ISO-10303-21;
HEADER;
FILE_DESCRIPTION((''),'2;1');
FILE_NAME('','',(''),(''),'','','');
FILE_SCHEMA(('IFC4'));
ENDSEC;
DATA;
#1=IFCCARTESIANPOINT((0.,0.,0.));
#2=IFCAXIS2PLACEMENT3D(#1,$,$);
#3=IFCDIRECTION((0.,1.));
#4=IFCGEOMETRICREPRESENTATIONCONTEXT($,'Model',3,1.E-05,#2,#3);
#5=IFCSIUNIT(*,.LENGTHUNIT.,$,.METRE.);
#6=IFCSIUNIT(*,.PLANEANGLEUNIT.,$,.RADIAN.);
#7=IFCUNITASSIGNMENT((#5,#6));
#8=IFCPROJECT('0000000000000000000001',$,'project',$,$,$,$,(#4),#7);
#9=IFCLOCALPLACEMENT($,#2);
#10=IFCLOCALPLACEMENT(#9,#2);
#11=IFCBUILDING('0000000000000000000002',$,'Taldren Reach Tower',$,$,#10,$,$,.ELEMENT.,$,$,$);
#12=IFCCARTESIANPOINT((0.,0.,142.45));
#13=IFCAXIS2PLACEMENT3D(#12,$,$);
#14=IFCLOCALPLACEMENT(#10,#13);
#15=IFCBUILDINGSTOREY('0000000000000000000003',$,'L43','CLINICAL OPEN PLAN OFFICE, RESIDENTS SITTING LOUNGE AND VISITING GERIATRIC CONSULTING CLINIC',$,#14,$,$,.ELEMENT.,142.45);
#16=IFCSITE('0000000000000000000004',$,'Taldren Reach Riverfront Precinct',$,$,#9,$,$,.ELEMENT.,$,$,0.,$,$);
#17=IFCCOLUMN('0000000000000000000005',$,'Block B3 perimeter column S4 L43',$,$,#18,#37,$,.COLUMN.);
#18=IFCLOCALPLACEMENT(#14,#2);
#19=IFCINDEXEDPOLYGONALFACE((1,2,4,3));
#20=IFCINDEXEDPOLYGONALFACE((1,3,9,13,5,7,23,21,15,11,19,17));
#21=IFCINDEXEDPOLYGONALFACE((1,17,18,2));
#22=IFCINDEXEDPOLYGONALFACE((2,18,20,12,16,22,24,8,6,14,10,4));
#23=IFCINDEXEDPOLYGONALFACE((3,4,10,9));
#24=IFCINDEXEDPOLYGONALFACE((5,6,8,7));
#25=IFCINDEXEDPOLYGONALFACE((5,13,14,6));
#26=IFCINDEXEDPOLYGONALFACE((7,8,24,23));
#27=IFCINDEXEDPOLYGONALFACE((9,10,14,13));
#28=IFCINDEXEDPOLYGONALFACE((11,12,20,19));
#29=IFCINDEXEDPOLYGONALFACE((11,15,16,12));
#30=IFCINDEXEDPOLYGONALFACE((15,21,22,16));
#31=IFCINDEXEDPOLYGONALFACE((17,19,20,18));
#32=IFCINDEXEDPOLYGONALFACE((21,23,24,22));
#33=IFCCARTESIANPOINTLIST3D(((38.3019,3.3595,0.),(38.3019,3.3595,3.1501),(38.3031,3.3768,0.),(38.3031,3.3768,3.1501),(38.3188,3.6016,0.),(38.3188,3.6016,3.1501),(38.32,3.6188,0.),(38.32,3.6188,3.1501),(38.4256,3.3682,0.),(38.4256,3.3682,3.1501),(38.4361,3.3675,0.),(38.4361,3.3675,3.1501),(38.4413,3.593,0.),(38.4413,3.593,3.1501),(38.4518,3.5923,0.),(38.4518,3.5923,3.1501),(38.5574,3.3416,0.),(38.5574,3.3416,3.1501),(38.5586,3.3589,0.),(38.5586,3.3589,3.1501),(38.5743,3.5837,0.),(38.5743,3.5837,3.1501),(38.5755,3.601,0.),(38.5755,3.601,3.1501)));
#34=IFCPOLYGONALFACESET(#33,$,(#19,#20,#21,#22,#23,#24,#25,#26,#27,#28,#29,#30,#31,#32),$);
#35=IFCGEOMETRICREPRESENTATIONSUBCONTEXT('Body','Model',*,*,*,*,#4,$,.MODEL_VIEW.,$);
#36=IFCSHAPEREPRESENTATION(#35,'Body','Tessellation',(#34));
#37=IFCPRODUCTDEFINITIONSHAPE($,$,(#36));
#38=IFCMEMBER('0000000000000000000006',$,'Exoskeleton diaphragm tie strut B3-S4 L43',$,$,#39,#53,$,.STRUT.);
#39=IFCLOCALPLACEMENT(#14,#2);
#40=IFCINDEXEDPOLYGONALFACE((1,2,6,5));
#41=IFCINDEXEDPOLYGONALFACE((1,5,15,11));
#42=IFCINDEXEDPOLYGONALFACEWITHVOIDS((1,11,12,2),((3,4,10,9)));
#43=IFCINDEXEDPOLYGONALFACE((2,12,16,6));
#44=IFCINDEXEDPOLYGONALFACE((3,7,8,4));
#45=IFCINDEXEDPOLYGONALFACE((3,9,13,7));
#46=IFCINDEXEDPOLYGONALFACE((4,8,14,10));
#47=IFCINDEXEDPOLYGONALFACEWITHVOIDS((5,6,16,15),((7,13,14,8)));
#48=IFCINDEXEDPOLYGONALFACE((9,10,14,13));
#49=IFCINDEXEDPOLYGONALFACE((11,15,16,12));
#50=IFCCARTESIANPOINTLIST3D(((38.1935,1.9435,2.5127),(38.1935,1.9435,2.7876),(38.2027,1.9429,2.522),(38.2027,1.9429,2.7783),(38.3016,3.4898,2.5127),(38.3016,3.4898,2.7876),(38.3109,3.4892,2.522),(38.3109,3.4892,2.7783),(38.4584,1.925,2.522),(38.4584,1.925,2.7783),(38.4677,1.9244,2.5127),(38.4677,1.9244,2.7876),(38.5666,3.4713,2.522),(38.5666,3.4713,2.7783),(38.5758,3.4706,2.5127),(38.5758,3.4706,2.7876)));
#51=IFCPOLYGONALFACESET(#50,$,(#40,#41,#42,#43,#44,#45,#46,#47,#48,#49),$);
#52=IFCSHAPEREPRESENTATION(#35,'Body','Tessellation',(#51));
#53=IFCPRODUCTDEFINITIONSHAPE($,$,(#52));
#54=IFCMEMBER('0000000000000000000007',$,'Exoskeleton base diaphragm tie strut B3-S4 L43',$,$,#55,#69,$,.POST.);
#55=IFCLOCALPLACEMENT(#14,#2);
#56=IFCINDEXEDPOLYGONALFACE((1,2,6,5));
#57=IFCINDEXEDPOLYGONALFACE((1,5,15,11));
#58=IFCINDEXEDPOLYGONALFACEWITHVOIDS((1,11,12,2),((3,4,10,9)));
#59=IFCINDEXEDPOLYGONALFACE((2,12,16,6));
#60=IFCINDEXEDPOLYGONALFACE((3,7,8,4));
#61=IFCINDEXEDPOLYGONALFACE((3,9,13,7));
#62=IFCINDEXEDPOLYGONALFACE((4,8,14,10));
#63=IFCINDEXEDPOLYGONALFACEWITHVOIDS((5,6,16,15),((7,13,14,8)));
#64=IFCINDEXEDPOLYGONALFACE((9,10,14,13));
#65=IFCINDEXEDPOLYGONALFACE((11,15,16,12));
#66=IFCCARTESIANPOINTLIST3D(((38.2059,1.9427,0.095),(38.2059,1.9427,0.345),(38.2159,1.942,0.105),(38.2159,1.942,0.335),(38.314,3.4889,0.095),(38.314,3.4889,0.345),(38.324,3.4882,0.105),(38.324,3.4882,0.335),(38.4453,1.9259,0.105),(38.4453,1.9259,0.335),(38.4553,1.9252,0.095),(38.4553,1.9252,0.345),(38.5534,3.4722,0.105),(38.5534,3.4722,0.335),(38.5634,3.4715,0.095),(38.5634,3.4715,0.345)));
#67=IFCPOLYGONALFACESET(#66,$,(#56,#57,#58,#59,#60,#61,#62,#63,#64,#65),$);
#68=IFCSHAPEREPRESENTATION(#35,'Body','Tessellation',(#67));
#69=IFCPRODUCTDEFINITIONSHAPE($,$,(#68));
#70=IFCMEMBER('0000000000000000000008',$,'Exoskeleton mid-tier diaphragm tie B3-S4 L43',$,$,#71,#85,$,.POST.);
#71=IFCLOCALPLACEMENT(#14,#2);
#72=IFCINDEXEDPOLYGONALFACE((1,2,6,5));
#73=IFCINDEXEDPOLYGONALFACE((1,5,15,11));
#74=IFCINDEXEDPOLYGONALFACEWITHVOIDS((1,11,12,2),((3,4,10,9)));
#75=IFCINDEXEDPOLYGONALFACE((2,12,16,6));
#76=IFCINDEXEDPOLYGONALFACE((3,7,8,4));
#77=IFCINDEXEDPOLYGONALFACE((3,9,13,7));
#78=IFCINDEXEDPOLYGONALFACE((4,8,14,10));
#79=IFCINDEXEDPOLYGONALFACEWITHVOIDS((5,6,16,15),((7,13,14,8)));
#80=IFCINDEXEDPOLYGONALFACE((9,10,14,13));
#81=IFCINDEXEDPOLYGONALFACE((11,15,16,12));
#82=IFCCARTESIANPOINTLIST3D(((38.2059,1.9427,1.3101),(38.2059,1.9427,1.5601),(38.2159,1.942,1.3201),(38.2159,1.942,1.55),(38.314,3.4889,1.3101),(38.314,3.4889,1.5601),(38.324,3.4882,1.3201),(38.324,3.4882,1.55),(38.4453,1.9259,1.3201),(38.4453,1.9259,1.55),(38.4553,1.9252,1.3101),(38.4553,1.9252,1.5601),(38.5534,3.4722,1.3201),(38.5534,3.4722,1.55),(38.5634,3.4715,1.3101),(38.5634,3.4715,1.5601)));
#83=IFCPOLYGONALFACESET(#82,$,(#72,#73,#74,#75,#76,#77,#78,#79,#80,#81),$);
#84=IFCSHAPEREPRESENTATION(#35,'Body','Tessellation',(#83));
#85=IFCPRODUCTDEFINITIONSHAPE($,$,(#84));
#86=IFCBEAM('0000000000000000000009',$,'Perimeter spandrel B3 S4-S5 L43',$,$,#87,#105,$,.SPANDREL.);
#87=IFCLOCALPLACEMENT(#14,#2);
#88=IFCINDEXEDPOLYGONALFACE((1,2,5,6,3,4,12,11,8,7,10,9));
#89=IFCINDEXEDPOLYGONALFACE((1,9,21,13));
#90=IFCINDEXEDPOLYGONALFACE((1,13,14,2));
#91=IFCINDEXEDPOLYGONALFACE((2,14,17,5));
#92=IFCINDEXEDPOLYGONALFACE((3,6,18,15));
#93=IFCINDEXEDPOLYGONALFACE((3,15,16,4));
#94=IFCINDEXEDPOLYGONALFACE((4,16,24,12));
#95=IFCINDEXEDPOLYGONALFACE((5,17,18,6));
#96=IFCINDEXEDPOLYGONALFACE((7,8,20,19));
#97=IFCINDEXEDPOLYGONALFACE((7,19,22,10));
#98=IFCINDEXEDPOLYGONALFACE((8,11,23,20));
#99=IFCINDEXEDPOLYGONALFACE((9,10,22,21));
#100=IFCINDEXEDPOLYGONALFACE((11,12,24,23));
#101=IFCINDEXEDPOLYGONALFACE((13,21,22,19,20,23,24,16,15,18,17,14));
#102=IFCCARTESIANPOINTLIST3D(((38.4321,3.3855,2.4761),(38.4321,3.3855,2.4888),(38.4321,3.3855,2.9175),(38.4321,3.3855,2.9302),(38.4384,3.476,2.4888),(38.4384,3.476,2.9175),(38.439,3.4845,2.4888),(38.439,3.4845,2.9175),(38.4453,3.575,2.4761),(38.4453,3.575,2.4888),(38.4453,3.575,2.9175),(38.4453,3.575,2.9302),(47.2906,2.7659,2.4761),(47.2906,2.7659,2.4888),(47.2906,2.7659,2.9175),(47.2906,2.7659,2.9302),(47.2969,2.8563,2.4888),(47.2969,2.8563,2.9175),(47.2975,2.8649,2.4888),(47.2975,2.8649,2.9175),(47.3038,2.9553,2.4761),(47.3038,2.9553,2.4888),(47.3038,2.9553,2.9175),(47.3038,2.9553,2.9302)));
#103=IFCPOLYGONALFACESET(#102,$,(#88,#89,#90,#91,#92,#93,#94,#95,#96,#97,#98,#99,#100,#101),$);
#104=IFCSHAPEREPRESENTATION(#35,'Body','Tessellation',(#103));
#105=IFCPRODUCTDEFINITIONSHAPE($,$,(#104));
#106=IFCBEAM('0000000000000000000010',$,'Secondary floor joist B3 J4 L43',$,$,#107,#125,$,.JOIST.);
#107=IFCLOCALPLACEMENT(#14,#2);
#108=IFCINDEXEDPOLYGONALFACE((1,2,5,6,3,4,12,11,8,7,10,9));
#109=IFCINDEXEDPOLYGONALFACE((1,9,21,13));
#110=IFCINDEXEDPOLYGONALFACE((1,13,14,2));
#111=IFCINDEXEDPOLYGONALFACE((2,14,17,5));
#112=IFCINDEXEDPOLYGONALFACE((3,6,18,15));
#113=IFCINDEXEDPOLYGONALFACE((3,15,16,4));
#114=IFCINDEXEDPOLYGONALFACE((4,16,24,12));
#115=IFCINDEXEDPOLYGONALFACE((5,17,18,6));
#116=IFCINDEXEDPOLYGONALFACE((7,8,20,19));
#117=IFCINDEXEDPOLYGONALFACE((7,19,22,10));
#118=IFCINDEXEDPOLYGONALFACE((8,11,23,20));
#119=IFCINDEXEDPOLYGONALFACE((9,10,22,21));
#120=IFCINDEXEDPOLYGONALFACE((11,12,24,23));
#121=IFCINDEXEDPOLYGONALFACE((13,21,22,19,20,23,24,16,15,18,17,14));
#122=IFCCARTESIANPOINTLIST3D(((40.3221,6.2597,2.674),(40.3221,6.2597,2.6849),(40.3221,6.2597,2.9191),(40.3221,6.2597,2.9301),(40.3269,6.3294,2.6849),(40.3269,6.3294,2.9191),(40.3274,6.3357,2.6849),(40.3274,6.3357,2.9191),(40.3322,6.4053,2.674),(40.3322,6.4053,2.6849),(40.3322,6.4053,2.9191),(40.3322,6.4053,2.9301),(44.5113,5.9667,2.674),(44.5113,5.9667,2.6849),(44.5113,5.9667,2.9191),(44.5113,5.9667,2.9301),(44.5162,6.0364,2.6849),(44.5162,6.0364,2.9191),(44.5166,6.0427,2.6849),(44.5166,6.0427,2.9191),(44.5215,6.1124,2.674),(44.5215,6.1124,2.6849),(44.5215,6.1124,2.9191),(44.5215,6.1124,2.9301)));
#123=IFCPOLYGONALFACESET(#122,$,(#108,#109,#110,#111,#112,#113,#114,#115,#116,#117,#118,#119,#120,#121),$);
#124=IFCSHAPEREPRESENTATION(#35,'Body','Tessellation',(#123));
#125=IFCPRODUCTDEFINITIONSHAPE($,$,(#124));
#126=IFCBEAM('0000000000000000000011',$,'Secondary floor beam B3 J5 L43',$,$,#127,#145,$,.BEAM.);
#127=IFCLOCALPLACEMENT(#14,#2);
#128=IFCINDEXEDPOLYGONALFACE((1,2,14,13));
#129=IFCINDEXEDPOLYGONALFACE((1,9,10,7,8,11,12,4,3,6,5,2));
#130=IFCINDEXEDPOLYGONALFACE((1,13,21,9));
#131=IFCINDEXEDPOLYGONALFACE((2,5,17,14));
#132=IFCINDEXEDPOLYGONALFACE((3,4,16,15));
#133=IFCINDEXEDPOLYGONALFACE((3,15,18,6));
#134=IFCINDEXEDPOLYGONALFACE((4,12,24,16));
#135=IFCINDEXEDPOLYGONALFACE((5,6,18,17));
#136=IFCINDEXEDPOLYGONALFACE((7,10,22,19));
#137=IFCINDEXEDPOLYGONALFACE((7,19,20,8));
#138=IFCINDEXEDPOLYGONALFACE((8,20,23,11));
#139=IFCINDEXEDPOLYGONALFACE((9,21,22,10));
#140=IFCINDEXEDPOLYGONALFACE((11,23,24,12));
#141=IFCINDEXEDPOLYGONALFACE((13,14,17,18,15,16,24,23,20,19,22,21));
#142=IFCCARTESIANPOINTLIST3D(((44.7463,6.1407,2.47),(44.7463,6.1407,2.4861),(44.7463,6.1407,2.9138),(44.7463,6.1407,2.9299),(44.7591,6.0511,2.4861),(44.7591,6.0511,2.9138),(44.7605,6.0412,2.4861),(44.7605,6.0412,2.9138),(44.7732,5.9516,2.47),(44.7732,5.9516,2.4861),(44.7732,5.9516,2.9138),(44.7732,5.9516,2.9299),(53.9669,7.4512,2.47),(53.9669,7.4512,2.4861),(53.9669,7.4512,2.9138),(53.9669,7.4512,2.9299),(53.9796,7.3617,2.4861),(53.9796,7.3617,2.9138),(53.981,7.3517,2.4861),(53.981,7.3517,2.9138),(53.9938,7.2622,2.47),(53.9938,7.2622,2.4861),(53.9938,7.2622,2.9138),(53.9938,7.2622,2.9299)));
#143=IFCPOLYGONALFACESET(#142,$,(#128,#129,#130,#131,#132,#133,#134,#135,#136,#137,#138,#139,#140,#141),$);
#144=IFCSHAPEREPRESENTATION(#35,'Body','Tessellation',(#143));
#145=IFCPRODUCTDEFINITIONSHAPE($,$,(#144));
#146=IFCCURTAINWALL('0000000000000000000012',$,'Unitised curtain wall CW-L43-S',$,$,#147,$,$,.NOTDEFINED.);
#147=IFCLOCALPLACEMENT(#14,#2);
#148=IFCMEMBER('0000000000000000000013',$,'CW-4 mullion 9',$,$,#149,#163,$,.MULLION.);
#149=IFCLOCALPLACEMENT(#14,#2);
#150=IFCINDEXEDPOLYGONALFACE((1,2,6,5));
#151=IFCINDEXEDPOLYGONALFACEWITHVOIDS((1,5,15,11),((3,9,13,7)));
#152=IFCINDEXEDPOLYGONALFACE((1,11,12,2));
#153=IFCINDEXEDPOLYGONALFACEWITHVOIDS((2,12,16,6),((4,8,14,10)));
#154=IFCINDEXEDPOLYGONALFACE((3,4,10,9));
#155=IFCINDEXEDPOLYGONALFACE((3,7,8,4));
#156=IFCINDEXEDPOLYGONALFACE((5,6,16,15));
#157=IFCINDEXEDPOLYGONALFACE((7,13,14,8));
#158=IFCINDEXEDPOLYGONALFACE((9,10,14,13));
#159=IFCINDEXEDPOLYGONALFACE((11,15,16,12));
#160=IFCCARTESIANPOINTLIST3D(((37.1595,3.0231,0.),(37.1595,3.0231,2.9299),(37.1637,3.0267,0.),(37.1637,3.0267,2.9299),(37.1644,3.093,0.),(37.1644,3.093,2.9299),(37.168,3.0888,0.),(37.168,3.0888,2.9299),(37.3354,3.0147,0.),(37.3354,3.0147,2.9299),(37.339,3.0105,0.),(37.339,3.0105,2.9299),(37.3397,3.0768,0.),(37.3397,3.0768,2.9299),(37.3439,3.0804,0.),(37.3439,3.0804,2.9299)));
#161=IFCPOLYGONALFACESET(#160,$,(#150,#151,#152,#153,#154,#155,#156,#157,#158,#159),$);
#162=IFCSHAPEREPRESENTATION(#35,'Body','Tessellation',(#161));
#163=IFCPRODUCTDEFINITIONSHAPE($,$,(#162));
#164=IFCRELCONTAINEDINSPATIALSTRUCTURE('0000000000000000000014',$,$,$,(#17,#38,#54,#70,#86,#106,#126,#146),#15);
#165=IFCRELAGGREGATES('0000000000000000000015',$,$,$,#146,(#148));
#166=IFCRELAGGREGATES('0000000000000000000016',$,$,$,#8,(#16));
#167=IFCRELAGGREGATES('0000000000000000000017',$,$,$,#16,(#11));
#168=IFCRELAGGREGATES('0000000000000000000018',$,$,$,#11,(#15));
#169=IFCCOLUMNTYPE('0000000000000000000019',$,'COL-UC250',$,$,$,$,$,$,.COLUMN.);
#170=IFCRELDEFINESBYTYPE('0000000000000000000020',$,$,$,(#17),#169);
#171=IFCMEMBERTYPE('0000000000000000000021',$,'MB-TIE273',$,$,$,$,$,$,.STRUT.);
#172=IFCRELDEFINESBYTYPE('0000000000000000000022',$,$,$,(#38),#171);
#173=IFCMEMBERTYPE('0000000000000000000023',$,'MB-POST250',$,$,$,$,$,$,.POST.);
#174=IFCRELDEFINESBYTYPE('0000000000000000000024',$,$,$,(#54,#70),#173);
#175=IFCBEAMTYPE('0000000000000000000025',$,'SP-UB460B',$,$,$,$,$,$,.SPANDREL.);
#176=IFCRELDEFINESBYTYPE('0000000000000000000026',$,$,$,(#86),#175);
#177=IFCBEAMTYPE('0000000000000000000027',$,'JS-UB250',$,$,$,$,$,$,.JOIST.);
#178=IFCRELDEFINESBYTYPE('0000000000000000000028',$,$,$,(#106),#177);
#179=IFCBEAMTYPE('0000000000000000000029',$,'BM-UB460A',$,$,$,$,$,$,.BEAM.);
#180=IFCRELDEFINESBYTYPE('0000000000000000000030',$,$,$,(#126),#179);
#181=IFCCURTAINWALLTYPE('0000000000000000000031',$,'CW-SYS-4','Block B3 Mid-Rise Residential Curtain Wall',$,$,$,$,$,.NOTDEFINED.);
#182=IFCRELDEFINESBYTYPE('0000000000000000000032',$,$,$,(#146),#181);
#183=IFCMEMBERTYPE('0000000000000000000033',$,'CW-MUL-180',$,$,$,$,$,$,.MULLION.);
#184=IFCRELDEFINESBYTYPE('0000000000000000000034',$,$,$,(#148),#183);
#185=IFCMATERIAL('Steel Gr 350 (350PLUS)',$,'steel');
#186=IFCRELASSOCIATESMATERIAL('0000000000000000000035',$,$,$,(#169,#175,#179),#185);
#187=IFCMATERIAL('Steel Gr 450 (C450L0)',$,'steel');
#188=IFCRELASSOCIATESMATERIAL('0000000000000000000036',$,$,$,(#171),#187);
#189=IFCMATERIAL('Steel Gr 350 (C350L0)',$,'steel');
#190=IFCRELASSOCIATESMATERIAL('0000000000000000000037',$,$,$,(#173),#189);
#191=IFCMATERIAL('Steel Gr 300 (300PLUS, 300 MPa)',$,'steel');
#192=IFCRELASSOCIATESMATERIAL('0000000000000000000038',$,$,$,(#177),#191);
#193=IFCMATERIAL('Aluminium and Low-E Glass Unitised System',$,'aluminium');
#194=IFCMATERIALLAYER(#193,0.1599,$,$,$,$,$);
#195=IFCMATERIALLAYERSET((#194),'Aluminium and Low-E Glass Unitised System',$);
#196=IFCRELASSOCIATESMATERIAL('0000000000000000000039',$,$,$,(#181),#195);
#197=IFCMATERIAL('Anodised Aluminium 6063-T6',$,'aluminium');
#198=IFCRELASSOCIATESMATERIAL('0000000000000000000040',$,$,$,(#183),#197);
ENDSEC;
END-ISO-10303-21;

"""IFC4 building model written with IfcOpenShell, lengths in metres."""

from ifc_helpers import new_model, si_unit, direction, frame, origin, origin_2d, place, context, subcontext, project, spatial, hollow_rectangle, i_section, extrude, source, transform, mapped, material, layer, layer_set, material_profile, profile_set, type_object, element, aggregate, save


model = new_model("IFC4")

# Units and contexts
model_context = context("Model", 3, precision=1e-05, world=origin(), true_north=direction((0.0, 1.0)))
body_context = subcontext(model_context, "Body", "Model", "MODEL_VIEW")
ifc_project = project(units=[si_unit("LENGTHUNIT", "METRE"), si_unit("PLANEANGLEUNIT", "RADIAN")], contexts=[model_context])

# Site, building, storey
site_placement = place(None, origin())
site = spatial("IfcSite", under=ifc_project, at=site_placement, Name="Taldren Reach Riverfront Precinct", CompositionType="ELEMENT", RefElevation=0.0)
building_placement = place(site_placement, origin())
building = spatial("IfcBuilding", under=site, at=building_placement, Name="Taldren Reach Tower", CompositionType="ELEMENT")
storey_placement = place(building_placement, frame((0.0, 0.0, 142.45)))
storey = spatial("IfcBuildingStorey", under=building, at=storey_placement, Name="L43", Description="CLINICAL OPEN PLAN OFFICE, RESIDENTS SITTING LOUNGE AND VISITING GERIATRIC CONSULTING CLINIC", CompositionType="ELEMENT", Elevation=142.45)

# Column
ifc_material_1 = material(Name="Steel Gr 350 (350PLUS)", Category="steel")
ifc_material_profile_1 = material_profile(ifc_material_1, i_section(OverallWidth=0.2561, OverallDepth=0.26, WebThickness=0.0105, FlangeThickness=0.0173, at=origin_2d()), Name="250UC89.5")
ifc_profile_set_1 = profile_set([ifc_material_profile_1], Name="Steel Gr 350 (350PLUS)")
column_type = type_object("IfcColumnType", Name="COL-UC250", PredefinedType="COLUMN", material=ifc_profile_set_1)
shared_shape_1 = source(origin(), body_context, "Body", "SweptSolid", [
    extrude(i_section(OverallWidth=0.2561, OverallDepth=0.26, WebThickness=0.0105, FlangeThickness=0.0173, at=origin_2d()), origin(), (0.0, 0.0, 1.0), 3.1501),
])
column_placement = place(storey_placement, frame((38.4387, 3.4802, 0.0), z_axis=(0.0, 0.0, 1.0), x_axis=(0.997564, -0.069756, 0.0)))
element("IfcColumn", 1, at=column_placement, inside=storey, type_object=column_type, Name="Block B3 perimeter column S4 L43", PredefinedType="COLUMN", context=body_context, shape_type="MappedRepresentation", body=[
    mapped(shared_shape_1, transform((0.0, 0.0, 0.0), scale=1.0)),
])

# Members
ifc_material_2 = material(Name="Steel Gr 450 (C450L0)", Category="steel")
ifc_material_profile_2 = material_profile(ifc_material_2, hollow_rectangle(XDim=0.2749, YDim=0.2749, WallThickness=0.0093, at=origin_2d()), Name="275x275x9.3SHS")
ifc_profile_set_2 = profile_set([ifc_material_profile_2], Name="Steel Gr 450 (C450L0)")
member_type_1 = type_object("IfcMemberType", Name="MB-TIE273", PredefinedType="STRUT", material=ifc_profile_set_2)
shared_shape_2 = source(origin(), body_context, "Body", "SweptSolid", [
    extrude(hollow_rectangle(XDim=0.2749, YDim=0.2749, WallThickness=0.0093, at=origin_2d()), origin(), (0.0, 0.0, 1.0), 1.55),
])
member_1_placement = place(storey_placement, frame((38.4387, 3.4802, 2.6501), z_axis=(-0.06977, -0.997563, 0.0), x_axis=(0.997563, -0.06977, 0.0)))
element("IfcMember", 2, at=member_1_placement, inside=storey, type_object=member_type_1, Name="Exoskeleton diaphragm tie strut B3-S4 L43", PredefinedType="STRUT", context=body_context, shape_type="MappedRepresentation", body=[
    mapped(shared_shape_2, transform((0.0, 0.0, 0.0), scale=1.0)),
])
ifc_material_3 = material(Name="Steel Gr 350 (C350L0)", Category="steel")
ifc_material_profile_3 = material_profile(ifc_material_3, hollow_rectangle(XDim=0.25, YDim=0.25, WallThickness=0.01, at=origin_2d()), Name="250x250x10.0SHS")
ifc_profile_set_3 = profile_set([ifc_material_profile_3], Name="Steel Gr 350 (C350L0)")
member_type_2 = type_object("IfcMemberType", Name="MB-POST250", PredefinedType="POST", material=ifc_profile_set_3)
shared_shape_3 = source(origin(), body_context, "Body", "SweptSolid", [
    extrude(hollow_rectangle(XDim=0.25, YDim=0.25, WallThickness=0.01, at=origin_2d()), origin(), (0.0, 0.0, 1.0), 1.55),
])
for number, where, z_axis, x_axis, name in (
    (3, (38.4387, 3.4802, 0.22), (-0.06977, -0.997563, 0.0), (0.997563, -0.06977, 0.0), "Exoskeleton base diaphragm tie strut B3-S4 L43"),
    (4, (38.4387, 3.4802, 1.4351), (-0.06977, -0.997563, 0.0), (0.997563, -0.06977, 0.0), "Exoskeleton mid-tier diaphragm tie B3-S4 L43"),
):
    element("IfcMember", number, at=place(storey_placement, frame(where, z_axis=z_axis, x_axis=x_axis)), inside=storey, type_object=member_type_2, Name=name, PredefinedType="POST", context=body_context, shape_type="MappedRepresentation", body=[
        mapped(shared_shape_3, transform((0.0, 0.0, 0.0), scale=1.0)),
    ])

# Beams
ifc_material_profile_4 = material_profile(ifc_material_1, i_section(OverallWidth=0.1899, OverallDepth=0.4541, WebThickness=0.0085, FlangeThickness=0.0127, at=origin_2d()), Name="460UB67.1")
ifc_profile_set_4 = profile_set([ifc_material_profile_4], Name="Steel Gr 350 (350PLUS)")
beam_type_1 = type_object("IfcBeamType", Name="SP-UB460B", PredefinedType="SPANDREL", material=ifc_profile_set_4)
shared_shape_4 = source(origin(), body_context, "Body", "SweptSolid", [
    extrude(i_section(OverallWidth=0.1899, OverallDepth=0.4541, WebThickness=0.0085, FlangeThickness=0.0127, at=origin_2d()), origin(), (0.0, 0.0, 1.0), 8.8801),
])
beam_1_placement = place(storey_placement, frame((38.4387, 3.4802, 2.7031), z_axis=(0.997563, -0.069778, 0.0), x_axis=(0.069778, 0.997563, 0.0)))
element("IfcBeam", 5, at=beam_1_placement, inside=storey, type_object=beam_type_1, Name="Perimeter spandrel B3 S4-S5 L43", PredefinedType="SPANDREL", context=body_context, shape_type="MappedRepresentation", body=[
    mapped(shared_shape_4, transform((0.0, 0.0, 0.0), scale=1.0)),
])
ifc_material_4 = material(Name="Steel Gr 300 (300PLUS, 300 MPa)", Category="steel")
ifc_material_profile_5 = material_profile(ifc_material_4, i_section(OverallWidth=0.146, OverallDepth=0.2561, WebThickness=0.0063, FlangeThickness=0.011, at=origin_2d()), Name="250UB37.3")
ifc_profile_set_5 = profile_set([ifc_material_profile_5], Name="Steel Gr 300 (300PLUS, 300 MPa)")
beam_type_2 = type_object("IfcBeamType", Name="JS-UB250", PredefinedType="JOIST", material=ifc_profile_set_5)
shared_shape_5 = source(origin(), body_context, "Body", "SweptSolid", [
    extrude(i_section(OverallWidth=0.146, OverallDepth=0.2561, WebThickness=0.0063, FlangeThickness=0.011, at=origin_2d()), origin(), (0.0, 0.0, 1.0), 4.1995),
])
beam_2_placement = place(storey_placement, frame((40.3271, 6.3325, 2.802), z_axis=(0.997564, -0.069764, 0.0), x_axis=(0.069764, 0.997564, 0.0)))
element("IfcBeam", 6, at=beam_2_placement, inside=storey, type_object=beam_type_2, Name="Secondary floor joist B3 J4 L43", PredefinedType="JOIST", context=body_context, shape_type="MappedRepresentation", body=[
    mapped(shared_shape_5, transform((0.0, 0.0, 0.0), scale=1.0)),
])
ifc_material_profile_6 = material_profile(ifc_material_1, i_section(OverallWidth=0.1909, OverallDepth=0.46, WebThickness=0.01, FlangeThickness=0.0161, at=origin_2d()), Name="460UB82.1")
ifc_profile_set_6 = profile_set([ifc_material_profile_6], Name="Steel Gr 350 (350PLUS)")
beam_type_3 = type_object("IfcBeamType", Name="BM-UB460A", PredefinedType="BEAM", material=ifc_profile_set_6)
shared_shape_6 = source(origin(), body_context, "Body", "SweptSolid", [
    extrude(i_section(OverallWidth=0.1909, OverallDepth=0.46, WebThickness=0.01, FlangeThickness=0.0161, at=origin_2d()), origin(), (0.0, 0.0, 1.0), 9.3132),
])
beam_3_placement = place(storey_placement, frame((44.7598, 6.0461, 2.7), z_axis=(0.990049, 0.14072, 0.0), x_axis=(-0.14072, 0.990049, 0.0)))
element("IfcBeam", 7, at=beam_3_placement, inside=storey, type_object=beam_type_3, Name="Secondary floor beam B3 J5 L43", PredefinedType="BEAM", context=body_context, shape_type="MappedRepresentation", body=[
    mapped(shared_shape_6, transform((0.0, 0.0, 0.0), scale=1.0)),
])

# Curtain wall, member
ifc_material_5 = material(Name="Aluminium and Low-E Glass Unitised System", Category="aluminium")
ifc_layer_1 = layer(ifc_material_5, 0.1599)
ifc_layer_set_1 = layer_set([ifc_layer_1], Name="Aluminium and Low-E Glass Unitised System")
curtain_wall_type = type_object("IfcCurtainWallType", Name="CW-SYS-4", Description="Block B3 Mid-Rise Residential Curtain Wall", PredefinedType="NOTDEFINED", material=ifc_layer_set_1)
curtain_wall_placement = place(storey_placement, origin())
curtain_wall = element("IfcCurtainWall", 8, at=curtain_wall_placement, inside=storey, type_object=curtain_wall_type, Name="Unitised curtain wall CW-L43-S", PredefinedType="NOTDEFINED")
ifc_material_6 = material(Name="Anodised Aluminium 6063-T6", Category="aluminium")
ifc_material_profile_7 = material_profile(ifc_material_6, hollow_rectangle(XDim=0.0701, YDim=0.1799, WallThickness=0.0039, at=origin_2d()), Name="ALU-180x70x4RHS")
ifc_profile_set_7 = profile_set([ifc_material_profile_7], Name="Anodised Aluminium 6063-T6")
member_type_3 = type_object("IfcMemberType", Name="CW-MUL-180", PredefinedType="MULLION", material=ifc_profile_set_7)
shared_shape_7 = source(origin(), body_context, "Body", "SweptSolid", [
    extrude(hollow_rectangle(XDim=0.0701, YDim=0.1799, WallThickness=0.0039, at=origin_2d()), origin(), (0.0, 0.0, 1.0), 2.9299),
])
member_2_placement = place(storey_placement, frame((37.2517, 3.0518, 0.0), z_axis=(0.0, 0.0, 1.0), x_axis=(0.069757, 0.997564, 0.0)))
member_2 = element("IfcMember", 9, at=member_2_placement, type_object=member_type_3, Name="CW-4 mullion 9", PredefinedType="MULLION", context=body_context, shape_type="MappedRepresentation", body=[
    mapped(shared_shape_7, transform((0.0, 0.0, 0.0), scale=1.0)),
])
aggregate(curtain_wall, [member_2])

save(model, "model.ifc")
